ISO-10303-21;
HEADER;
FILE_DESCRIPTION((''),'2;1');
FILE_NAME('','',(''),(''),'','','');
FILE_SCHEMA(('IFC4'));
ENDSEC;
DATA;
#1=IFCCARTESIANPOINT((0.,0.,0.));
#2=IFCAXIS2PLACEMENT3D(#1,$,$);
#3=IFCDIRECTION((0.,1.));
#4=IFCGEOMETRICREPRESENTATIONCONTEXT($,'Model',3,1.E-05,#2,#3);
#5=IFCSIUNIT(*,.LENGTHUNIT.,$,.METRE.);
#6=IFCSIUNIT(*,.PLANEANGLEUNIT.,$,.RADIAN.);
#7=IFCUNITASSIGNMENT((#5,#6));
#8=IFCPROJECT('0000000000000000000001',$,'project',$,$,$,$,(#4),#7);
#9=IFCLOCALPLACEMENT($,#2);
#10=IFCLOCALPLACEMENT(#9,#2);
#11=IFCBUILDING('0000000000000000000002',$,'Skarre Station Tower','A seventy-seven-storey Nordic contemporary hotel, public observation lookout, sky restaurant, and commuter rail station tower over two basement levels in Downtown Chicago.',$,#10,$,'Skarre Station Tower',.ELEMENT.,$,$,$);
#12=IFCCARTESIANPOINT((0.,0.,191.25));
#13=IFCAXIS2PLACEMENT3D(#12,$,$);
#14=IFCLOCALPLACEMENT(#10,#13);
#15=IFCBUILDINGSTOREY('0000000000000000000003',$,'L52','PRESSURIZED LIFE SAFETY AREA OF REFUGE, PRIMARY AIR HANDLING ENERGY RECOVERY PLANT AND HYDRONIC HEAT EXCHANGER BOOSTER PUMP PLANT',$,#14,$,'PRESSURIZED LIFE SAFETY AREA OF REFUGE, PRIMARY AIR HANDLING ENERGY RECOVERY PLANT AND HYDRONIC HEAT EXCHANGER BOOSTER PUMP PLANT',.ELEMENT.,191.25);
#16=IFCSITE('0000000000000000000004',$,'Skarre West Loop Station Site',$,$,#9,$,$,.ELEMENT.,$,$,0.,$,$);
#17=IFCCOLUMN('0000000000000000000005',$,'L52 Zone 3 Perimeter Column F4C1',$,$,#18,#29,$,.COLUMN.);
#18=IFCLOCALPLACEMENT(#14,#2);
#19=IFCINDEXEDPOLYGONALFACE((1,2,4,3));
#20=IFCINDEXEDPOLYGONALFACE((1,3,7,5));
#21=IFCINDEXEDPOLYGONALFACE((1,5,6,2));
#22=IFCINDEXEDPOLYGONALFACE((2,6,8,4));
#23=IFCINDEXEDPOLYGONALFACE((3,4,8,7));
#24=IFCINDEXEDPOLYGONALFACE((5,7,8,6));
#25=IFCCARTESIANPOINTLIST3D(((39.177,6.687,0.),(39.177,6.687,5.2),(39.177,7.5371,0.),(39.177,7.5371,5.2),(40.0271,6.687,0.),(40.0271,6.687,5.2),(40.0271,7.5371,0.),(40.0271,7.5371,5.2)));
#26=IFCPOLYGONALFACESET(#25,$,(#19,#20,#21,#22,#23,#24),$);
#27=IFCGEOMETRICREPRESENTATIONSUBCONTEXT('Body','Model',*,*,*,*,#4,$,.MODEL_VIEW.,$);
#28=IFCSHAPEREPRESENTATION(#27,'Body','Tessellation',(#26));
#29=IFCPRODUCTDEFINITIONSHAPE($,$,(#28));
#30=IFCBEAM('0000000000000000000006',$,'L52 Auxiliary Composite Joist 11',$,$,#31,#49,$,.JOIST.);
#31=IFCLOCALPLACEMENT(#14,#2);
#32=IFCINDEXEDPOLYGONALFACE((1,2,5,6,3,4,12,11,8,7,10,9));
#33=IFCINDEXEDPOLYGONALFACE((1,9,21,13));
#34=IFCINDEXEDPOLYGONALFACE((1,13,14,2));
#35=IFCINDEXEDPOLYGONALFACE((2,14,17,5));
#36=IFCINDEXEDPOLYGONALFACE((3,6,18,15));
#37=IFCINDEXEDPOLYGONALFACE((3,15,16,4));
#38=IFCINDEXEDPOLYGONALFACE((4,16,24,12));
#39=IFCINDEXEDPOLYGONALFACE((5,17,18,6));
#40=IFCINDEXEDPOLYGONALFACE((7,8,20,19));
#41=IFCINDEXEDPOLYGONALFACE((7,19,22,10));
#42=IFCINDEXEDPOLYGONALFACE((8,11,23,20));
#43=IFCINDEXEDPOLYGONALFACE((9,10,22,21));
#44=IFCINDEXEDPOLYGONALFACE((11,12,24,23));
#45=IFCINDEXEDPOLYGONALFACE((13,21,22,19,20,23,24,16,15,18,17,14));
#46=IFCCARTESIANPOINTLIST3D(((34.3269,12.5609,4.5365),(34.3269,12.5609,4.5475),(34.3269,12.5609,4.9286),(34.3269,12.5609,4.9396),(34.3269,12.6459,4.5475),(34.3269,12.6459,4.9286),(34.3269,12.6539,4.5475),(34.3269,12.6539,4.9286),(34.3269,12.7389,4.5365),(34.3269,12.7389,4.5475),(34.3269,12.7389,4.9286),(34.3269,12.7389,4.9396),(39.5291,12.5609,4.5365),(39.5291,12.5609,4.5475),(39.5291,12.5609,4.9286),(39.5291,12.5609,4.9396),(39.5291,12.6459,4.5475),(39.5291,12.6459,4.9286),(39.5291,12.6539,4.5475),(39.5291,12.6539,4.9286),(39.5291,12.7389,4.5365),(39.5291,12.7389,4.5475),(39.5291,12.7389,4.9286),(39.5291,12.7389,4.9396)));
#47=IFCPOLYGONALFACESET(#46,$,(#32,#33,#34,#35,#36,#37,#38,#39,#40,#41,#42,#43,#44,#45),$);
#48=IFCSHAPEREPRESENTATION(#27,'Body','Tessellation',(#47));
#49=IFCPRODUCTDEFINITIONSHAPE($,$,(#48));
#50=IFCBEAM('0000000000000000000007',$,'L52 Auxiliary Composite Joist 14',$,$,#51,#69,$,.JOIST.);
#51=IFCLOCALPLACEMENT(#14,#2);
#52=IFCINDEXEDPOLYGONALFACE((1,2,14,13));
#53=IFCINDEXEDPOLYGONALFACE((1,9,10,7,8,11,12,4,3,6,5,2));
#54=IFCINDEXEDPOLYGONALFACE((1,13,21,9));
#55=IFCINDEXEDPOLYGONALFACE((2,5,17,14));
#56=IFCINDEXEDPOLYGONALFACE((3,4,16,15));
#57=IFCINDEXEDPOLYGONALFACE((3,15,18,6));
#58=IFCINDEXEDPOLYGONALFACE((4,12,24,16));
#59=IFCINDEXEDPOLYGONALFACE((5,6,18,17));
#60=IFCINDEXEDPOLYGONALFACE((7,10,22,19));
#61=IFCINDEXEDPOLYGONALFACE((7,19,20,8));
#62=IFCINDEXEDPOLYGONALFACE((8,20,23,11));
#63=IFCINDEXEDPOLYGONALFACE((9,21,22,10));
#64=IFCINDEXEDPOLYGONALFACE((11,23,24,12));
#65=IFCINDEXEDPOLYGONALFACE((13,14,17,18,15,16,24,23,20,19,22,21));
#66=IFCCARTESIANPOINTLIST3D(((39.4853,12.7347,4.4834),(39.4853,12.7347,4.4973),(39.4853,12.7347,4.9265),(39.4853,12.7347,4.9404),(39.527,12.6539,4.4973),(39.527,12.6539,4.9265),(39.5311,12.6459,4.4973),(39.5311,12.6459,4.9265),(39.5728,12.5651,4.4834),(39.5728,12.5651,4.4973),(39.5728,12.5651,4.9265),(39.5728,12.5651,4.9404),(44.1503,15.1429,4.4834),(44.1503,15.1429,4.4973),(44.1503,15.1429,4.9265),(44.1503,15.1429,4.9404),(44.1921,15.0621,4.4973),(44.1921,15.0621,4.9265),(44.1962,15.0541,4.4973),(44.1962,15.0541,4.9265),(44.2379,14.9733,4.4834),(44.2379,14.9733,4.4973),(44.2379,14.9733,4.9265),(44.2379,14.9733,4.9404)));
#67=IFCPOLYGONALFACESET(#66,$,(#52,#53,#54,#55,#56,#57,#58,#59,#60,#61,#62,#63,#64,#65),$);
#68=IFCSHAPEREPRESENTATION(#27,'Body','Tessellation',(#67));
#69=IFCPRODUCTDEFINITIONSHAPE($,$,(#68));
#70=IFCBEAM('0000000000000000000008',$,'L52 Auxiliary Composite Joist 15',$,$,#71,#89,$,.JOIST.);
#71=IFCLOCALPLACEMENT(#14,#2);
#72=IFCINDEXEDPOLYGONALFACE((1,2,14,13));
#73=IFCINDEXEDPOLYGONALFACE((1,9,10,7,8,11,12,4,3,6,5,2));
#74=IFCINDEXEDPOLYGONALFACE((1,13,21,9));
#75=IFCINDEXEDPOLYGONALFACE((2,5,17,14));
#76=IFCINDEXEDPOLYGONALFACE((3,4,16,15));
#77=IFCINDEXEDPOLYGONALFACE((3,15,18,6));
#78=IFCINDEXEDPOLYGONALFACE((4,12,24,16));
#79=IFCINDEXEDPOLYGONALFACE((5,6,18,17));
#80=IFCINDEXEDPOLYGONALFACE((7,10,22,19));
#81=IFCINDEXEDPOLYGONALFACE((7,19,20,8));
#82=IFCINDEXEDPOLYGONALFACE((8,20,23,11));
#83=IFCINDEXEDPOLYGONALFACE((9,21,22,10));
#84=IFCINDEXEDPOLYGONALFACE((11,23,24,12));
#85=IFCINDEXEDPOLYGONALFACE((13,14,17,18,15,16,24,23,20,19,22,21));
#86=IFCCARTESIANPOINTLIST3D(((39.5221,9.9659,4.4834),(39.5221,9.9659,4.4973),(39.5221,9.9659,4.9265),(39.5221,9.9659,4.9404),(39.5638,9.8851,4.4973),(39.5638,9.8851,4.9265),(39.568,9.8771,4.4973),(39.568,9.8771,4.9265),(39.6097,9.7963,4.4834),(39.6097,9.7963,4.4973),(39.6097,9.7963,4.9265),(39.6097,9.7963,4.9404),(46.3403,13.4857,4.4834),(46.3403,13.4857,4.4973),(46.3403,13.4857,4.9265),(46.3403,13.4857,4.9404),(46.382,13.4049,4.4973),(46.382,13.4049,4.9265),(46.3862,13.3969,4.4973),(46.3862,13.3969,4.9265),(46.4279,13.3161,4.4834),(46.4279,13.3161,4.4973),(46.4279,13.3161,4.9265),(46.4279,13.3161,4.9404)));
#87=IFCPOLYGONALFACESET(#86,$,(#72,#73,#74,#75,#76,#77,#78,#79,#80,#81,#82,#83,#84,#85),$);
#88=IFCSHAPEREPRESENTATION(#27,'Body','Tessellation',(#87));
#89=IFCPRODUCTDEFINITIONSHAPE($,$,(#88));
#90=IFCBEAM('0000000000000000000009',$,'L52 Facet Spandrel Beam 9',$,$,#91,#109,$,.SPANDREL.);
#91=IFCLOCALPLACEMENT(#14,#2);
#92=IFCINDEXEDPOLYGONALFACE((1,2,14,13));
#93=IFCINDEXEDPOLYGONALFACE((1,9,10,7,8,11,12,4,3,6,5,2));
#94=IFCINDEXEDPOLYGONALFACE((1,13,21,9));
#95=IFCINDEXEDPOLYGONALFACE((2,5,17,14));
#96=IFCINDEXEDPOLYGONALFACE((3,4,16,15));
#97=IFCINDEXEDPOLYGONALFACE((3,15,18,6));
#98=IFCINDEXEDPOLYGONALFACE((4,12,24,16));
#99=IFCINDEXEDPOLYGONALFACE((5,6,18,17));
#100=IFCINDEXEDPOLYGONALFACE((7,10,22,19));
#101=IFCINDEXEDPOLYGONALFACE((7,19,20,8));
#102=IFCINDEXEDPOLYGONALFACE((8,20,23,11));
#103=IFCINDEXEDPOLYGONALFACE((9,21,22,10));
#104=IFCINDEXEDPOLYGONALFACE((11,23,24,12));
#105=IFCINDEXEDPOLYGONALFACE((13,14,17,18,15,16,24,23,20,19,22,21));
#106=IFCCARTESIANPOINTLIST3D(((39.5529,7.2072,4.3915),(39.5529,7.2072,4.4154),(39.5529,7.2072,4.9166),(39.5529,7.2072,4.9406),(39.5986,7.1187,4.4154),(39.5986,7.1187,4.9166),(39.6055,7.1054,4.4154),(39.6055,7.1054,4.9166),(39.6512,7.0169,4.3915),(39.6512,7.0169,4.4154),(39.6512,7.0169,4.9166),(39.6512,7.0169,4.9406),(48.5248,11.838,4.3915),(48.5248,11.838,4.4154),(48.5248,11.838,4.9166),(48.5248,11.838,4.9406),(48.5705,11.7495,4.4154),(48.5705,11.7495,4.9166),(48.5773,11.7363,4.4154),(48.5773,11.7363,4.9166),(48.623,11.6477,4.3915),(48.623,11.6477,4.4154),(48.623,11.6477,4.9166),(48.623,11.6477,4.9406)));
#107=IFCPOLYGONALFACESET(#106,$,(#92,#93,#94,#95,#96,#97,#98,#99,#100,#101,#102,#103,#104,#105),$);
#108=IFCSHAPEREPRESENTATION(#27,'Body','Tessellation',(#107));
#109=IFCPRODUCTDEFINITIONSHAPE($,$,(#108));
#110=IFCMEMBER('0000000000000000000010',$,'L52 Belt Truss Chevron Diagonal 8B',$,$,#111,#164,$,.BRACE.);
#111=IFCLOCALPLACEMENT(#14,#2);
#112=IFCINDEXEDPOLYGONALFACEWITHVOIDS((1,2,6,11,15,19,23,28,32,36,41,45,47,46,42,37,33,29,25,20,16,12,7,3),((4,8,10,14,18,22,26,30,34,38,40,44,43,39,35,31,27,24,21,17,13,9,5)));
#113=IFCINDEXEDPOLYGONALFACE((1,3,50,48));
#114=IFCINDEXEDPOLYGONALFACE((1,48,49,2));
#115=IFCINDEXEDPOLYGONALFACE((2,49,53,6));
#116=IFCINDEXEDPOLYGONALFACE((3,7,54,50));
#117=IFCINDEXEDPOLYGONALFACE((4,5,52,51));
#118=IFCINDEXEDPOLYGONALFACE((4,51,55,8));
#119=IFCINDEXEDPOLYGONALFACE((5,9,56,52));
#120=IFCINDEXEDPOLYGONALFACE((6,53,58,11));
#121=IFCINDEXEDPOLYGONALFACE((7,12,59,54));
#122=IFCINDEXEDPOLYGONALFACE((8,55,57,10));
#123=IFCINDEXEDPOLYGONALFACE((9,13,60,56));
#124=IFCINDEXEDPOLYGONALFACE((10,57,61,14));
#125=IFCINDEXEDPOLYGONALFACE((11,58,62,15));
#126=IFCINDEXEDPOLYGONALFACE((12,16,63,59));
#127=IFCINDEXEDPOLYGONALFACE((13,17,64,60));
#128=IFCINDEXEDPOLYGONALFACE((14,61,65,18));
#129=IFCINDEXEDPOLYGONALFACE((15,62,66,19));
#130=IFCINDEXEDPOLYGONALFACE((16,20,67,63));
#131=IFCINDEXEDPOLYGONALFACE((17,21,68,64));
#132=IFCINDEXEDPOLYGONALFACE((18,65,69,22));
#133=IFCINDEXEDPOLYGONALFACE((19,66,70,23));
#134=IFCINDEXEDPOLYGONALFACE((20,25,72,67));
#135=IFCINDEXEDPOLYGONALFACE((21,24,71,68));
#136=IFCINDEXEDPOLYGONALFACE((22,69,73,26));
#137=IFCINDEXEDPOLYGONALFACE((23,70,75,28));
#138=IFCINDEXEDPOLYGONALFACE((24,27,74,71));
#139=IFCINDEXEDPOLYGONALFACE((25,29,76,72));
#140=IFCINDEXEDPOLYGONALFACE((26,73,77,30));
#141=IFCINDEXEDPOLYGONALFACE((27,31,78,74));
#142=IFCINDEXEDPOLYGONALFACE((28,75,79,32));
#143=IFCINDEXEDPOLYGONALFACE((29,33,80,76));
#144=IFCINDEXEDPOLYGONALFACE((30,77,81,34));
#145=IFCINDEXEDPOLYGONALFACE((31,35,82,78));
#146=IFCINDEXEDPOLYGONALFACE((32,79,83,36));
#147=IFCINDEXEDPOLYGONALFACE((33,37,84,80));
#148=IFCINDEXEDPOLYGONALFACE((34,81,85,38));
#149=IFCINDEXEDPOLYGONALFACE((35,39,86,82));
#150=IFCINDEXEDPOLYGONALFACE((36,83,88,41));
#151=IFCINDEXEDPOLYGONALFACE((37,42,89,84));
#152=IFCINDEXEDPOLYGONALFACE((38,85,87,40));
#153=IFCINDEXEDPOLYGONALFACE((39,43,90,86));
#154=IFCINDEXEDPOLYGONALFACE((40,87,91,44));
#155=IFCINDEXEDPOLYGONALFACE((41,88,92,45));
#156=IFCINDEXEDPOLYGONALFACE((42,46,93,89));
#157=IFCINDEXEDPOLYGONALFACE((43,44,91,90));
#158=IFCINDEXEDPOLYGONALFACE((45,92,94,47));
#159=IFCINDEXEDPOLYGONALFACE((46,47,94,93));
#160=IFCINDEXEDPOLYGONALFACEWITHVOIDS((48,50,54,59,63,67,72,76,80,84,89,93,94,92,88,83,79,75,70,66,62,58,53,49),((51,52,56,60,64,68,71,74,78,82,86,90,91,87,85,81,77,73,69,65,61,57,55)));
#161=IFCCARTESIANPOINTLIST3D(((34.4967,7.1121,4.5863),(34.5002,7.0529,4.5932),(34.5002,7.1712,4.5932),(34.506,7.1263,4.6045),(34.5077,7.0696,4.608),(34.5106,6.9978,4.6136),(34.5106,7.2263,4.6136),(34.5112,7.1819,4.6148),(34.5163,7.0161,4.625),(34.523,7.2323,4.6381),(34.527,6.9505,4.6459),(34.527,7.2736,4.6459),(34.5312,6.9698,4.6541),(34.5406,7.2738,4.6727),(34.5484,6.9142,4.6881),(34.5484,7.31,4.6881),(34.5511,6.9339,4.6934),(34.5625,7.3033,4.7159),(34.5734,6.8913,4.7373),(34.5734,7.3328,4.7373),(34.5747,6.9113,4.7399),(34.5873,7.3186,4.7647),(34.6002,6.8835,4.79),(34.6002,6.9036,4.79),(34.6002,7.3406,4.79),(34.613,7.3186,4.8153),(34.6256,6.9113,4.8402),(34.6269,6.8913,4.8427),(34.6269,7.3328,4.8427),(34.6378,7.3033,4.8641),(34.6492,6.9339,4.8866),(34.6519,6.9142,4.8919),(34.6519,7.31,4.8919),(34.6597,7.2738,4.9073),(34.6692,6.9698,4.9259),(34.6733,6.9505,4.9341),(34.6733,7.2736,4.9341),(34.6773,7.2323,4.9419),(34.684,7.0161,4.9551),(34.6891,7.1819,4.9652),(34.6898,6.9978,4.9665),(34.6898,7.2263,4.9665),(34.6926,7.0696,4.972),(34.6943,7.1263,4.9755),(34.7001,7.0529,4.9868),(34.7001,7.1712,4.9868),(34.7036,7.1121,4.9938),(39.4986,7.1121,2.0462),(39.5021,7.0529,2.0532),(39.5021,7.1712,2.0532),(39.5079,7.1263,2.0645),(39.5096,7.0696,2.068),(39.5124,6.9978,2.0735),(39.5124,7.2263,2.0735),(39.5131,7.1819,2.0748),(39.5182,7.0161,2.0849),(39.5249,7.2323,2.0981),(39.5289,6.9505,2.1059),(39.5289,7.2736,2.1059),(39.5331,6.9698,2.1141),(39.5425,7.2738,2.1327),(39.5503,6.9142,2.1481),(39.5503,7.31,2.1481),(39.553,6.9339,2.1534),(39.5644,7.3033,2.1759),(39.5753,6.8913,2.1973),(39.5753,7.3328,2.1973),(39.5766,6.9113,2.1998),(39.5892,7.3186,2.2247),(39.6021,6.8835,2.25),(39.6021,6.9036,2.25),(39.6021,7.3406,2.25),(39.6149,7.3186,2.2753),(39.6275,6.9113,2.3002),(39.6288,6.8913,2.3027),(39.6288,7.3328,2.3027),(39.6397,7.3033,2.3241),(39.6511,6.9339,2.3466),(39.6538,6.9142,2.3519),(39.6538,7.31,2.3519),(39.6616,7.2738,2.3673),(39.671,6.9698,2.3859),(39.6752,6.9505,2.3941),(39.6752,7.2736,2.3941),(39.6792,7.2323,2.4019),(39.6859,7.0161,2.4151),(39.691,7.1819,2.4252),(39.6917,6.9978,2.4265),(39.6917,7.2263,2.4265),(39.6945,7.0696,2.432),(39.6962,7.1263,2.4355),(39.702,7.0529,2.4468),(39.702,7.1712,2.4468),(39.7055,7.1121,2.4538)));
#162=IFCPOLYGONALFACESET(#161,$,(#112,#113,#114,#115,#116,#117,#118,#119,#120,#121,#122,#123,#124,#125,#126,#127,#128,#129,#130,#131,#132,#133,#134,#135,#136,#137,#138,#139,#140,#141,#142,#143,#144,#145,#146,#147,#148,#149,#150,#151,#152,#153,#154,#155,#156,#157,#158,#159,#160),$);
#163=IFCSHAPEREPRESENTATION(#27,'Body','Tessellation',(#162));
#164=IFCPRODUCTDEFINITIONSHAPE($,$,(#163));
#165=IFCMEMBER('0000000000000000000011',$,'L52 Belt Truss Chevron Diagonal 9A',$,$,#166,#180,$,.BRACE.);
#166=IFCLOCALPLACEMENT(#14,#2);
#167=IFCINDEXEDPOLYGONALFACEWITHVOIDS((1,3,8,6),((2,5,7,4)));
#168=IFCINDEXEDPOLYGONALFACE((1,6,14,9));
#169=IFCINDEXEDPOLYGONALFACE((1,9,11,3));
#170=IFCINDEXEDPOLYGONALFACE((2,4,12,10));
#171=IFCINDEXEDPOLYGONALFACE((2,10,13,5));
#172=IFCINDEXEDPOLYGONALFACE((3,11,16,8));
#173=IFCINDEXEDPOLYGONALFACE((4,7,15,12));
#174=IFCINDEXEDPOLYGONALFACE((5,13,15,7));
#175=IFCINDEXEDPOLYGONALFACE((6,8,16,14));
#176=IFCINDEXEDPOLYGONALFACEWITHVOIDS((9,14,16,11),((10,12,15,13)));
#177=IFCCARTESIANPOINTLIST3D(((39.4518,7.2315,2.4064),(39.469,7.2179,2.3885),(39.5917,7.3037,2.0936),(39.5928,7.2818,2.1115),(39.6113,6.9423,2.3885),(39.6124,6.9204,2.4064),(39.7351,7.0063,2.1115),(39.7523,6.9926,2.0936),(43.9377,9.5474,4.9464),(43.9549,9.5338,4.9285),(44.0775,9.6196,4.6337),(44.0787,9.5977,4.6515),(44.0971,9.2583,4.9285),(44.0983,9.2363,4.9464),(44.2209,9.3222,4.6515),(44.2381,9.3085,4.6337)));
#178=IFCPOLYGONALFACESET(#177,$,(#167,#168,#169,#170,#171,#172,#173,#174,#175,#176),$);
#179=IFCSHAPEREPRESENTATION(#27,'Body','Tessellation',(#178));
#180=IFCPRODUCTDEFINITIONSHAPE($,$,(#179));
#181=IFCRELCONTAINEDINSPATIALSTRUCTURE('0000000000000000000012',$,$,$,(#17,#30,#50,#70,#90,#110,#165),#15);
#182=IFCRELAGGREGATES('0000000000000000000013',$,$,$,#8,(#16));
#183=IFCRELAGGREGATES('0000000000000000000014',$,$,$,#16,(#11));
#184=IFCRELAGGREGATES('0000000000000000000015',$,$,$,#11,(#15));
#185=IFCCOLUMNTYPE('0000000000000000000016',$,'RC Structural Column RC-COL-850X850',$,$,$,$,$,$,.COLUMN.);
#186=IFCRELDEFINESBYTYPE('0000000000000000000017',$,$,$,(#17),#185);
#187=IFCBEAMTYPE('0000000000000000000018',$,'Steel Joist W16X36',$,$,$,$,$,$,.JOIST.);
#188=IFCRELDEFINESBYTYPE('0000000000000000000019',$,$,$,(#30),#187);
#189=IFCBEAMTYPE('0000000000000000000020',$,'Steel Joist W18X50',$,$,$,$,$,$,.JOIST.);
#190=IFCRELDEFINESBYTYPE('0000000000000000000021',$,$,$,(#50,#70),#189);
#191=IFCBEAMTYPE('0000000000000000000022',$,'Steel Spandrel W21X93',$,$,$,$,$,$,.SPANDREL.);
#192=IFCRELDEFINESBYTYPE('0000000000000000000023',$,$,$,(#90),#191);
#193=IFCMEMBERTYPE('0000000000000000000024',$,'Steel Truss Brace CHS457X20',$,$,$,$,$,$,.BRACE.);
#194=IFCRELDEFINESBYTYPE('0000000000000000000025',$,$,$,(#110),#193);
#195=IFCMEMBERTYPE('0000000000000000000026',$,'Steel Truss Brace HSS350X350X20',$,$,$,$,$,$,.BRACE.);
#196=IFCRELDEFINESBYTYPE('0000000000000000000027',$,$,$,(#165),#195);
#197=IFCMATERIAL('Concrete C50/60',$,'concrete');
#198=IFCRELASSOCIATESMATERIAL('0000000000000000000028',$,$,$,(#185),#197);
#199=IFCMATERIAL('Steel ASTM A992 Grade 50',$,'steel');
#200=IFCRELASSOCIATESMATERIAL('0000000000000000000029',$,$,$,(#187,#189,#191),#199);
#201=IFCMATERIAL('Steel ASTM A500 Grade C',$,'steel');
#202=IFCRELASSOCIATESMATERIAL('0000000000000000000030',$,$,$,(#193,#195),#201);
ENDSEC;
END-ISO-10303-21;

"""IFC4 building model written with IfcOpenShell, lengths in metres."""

from ifc_helpers import new_model, si_unit, direction, frame, origin, origin_2d, place, context, subcontext, project, spatial, rectangle, hollow_rectangle, hollow_circle, i_section, extrude, material, material_profile, profile_set, type_object, element, save


model = new_model("IFC4")

# Units and contexts
model_context = context("Model", 3, precision=1e-05, world=origin(), true_north=direction((0.0, 1.0)))
body_context = subcontext(model_context, "Body", "Model", "MODEL_VIEW")
ifc_project = project(units=[si_unit("LENGTHUNIT", "METRE"), si_unit("PLANEANGLEUNIT", "RADIAN")], contexts=[model_context])

# Site, building, storey
site_placement = place(None, origin())
site = spatial("IfcSite", under=ifc_project, at=site_placement, Name="Skarre West Loop Station Site", CompositionType="ELEMENT", RefElevation=0.0)
building_placement = place(site_placement, origin())
building = spatial("IfcBuilding", under=site, at=building_placement, Name="Skarre Station Tower", Description="A seventy-seven-storey Nordic contemporary hotel, public observation lookout, sky restaurant, and commuter rail station tower over two basement levels in Downtown Chicago.", LongName="Skarre Station Tower", CompositionType="ELEMENT")
storey_placement = place(building_placement, frame((0.0, 0.0, 191.25)))
storey = spatial("IfcBuildingStorey", under=building, at=storey_placement, Name="L52", Description="PRESSURIZED LIFE SAFETY AREA OF REFUGE, PRIMARY AIR HANDLING ENERGY RECOVERY PLANT AND HYDRONIC HEAT EXCHANGER BOOSTER PUMP PLANT", LongName="PRESSURIZED LIFE SAFETY AREA OF REFUGE, PRIMARY AIR HANDLING ENERGY RECOVERY PLANT AND HYDRONIC HEAT EXCHANGER BOOSTER PUMP PLANT", CompositionType="ELEMENT", Elevation=191.25)

# Column
ifc_material_1 = material(Name="Concrete C50/60", Category="concrete")
ifc_material_profile_1 = material_profile(ifc_material_1, rectangle(XDim=0.8501, YDim=0.8501, at=origin_2d()), Name="Concrete C50/60")
ifc_profile_set_1 = profile_set([ifc_material_profile_1], Name="Concrete C50/60")
column_type = type_object("IfcColumnType", Name="RC Structural Column RC-COL-850X850", PredefinedType="COLUMN", material=ifc_profile_set_1)
column_placement = place(storey_placement, frame((39.6021, 7.1121, 0.0), z_axis=(0.0, 0.0, 1.0), x_axis=(1.0, 0.0, 0.0)))
element("IfcColumn", 1, at=column_placement, inside=storey, type_object=column_type, Name="L52 Zone 3 Perimeter Column F4C1", PredefinedType="COLUMN", context=body_context, shape_type="SweptSolid", body=[
    extrude(rectangle(XDim=0.8501, YDim=0.8501, at=origin_2d()), origin(), (0.0, 0.0, 1.0), 5.2),
])

# Beams
ifc_material_2 = material(Name="Steel ASTM A992 Grade 50", Category="steel")
ifc_material_profile_2 = material_profile(ifc_material_2, i_section(OverallWidth=0.178, OverallDepth=0.4031, WebThickness=0.0081, FlangeThickness=0.011, at=origin_2d()), Name="Steel ASTM A992 Grade 50")
ifc_profile_set_2 = profile_set([ifc_material_profile_2], Name="Steel ASTM A992 Grade 50")
beam_type_1 = type_object("IfcBeamType", Name="Steel Joist W16X36", PredefinedType="JOIST", material=ifc_profile_set_2)
beam_1_placement = place(storey_placement, frame((34.3269, 12.6499, 4.738), z_axis=(1.0, 0.0, 0.0), x_axis=(0.0, 1.0, 0.0)))
element("IfcBeam", 2, at=beam_1_placement, inside=storey, type_object=beam_type_1, Name="L52 Auxiliary Composite Joist 11", PredefinedType="JOIST", context=body_context, shape_type="SweptSolid", body=[
    extrude(i_section(OverallWidth=0.178, OverallDepth=0.4031, WebThickness=0.0081, FlangeThickness=0.011, at=origin_2d()), origin(), (0.0, 0.0, 1.0), 5.2021),
])
ifc_material_profile_3 = material_profile(ifc_material_2, i_section(OverallWidth=0.1909, OverallDepth=0.457, WebThickness=0.009, FlangeThickness=0.0139, at=origin_2d()), Name="Steel ASTM A992 Grade 50")
ifc_profile_set_3 = profile_set([ifc_material_profile_3], Name="Steel ASTM A992 Grade 50")
beam_type_2 = type_object("IfcBeamType", Name="Steel Joist W18X50", PredefinedType="JOIST", material=ifc_profile_set_3)
beam_2_placement = place(storey_placement, frame((39.5291, 12.6499, 4.7119), z_axis=(0.888586, 0.458709, 0.0), x_axis=(-0.458709, 0.888586, 0.0)))
element("IfcBeam", 3, at=beam_2_placement, inside=storey, type_object=beam_type_2, Name="L52 Auxiliary Composite Joist 14", PredefinedType="JOIST", context=body_context, shape_type="SweptSolid", body=[
    extrude(i_section(OverallWidth=0.1909, OverallDepth=0.457, WebThickness=0.009, FlangeThickness=0.0139, at=origin_2d()), origin(), (0.0, 0.0, 1.0), 5.25),
])
beam_3_placement = place(storey_placement, frame((39.5659, 9.8811, 4.7119), z_axis=(0.888581, 0.45872, 0.0), x_axis=(-0.45872, 0.888581, 0.0)))
element("IfcBeam", 4, at=beam_3_placement, inside=storey, type_object=beam_type_2, Name="L52 Auxiliary Composite Joist 15", PredefinedType="JOIST", context=body_context, shape_type="SweptSolid", body=[
    extrude(i_section(OverallWidth=0.1909, OverallDepth=0.457, WebThickness=0.009, FlangeThickness=0.0139, at=origin_2d()), origin(), (0.0, 0.0, 1.0), 7.6731),
])
ifc_material_profile_4 = material_profile(ifc_material_2, i_section(OverallWidth=0.2141, OverallDepth=0.5491, WebThickness=0.0149, FlangeThickness=0.0239, at=origin_2d()), Name="Steel ASTM A992 Grade 50")
ifc_profile_set_4 = profile_set([ifc_material_profile_4], Name="Steel ASTM A992 Grade 50")
beam_type_3 = type_object("IfcBeamType", Name="Steel Spandrel W21X93", PredefinedType="SPANDREL", material=ifc_profile_set_4)
beam_4_placement = place(storey_placement, frame((39.6021, 7.1121, 4.666), z_axis=(0.888613, 0.458658, 0.0), x_axis=(-0.458658, 0.888613, 0.0)))
element("IfcBeam", 5, at=beam_4_placement, inside=storey, type_object=beam_type_3, Name="L52 Facet Spandrel Beam 9", PredefinedType="SPANDREL", context=body_context, shape_type="SweptSolid", body=[
    extrude(i_section(OverallWidth=0.2141, OverallDepth=0.5491, WebThickness=0.0149, FlangeThickness=0.0239, at=origin_2d()), origin(), (0.0, 0.0, 1.0), 10.0964),
])

# Members
ifc_material_3 = material(Name="Steel ASTM A500 Grade C", Category="steel")
ifc_material_profile_5 = material_profile(ifc_material_3, hollow_circle(Radius=0.2285, WallThickness=0.02, at=origin_2d()), Name="Steel ASTM A500 Grade C")
ifc_profile_set_5 = profile_set([ifc_material_profile_5], Name="Steel ASTM A500 Grade C")
member_type_1 = type_object("IfcMemberType", Name="Steel Truss Brace CHS457X20", PredefinedType="BRACE", material=ifc_profile_set_5)
member_1_placement = place(storey_placement, frame((39.6021, 7.1121, 2.25), z_axis=(-0.891625, 0.0, 0.452775), x_axis=(0.0, -1.0, 0.0)))
element("IfcMember", 6, at=member_1_placement, inside=storey, type_object=member_type_1, Name="L52 Belt Truss Chevron Diagonal 8B", PredefinedType="BRACE", context=body_context, shape_type="SweptSolid", body=[
    extrude(hollow_circle(Radius=0.2285, WallThickness=0.02, at=origin_2d()), origin(), (0.0, 0.0, 1.0), 5.6099),
])
ifc_material_profile_6 = material_profile(ifc_material_3, hollow_rectangle(XDim=0.3501, YDim=0.3501, WallThickness=0.02, at=origin_2d()), Name="Steel ASTM A500 Grade C")
ifc_profile_set_6 = profile_set([ifc_material_profile_6], Name="Steel ASTM A500 Grade C")
member_type_2 = type_object("IfcMemberType", Name="Steel Truss Brace HSS350X350X20", PredefinedType="BRACE", material=ifc_profile_set_6)
member_2_placement = place(storey_placement, frame((39.6021, 7.1121, 2.25), z_axis=(0.793761, 0.409797, 0.449455), x_axis=(-0.458744, 0.888569, 0.0)))
element("IfcMember", 7, at=member_2_placement, inside=storey, type_object=member_type_2, Name="L52 Belt Truss Chevron Diagonal 9A", PredefinedType="BRACE", context=body_context, shape_type="SweptSolid", body=[
    extrude(hollow_rectangle(XDim=0.3501, YDim=0.3501, WallThickness=0.02, at=origin_2d()), origin(), (0.0, 0.0, 1.0), 5.6514),
])

save(model, "model.ifc")
